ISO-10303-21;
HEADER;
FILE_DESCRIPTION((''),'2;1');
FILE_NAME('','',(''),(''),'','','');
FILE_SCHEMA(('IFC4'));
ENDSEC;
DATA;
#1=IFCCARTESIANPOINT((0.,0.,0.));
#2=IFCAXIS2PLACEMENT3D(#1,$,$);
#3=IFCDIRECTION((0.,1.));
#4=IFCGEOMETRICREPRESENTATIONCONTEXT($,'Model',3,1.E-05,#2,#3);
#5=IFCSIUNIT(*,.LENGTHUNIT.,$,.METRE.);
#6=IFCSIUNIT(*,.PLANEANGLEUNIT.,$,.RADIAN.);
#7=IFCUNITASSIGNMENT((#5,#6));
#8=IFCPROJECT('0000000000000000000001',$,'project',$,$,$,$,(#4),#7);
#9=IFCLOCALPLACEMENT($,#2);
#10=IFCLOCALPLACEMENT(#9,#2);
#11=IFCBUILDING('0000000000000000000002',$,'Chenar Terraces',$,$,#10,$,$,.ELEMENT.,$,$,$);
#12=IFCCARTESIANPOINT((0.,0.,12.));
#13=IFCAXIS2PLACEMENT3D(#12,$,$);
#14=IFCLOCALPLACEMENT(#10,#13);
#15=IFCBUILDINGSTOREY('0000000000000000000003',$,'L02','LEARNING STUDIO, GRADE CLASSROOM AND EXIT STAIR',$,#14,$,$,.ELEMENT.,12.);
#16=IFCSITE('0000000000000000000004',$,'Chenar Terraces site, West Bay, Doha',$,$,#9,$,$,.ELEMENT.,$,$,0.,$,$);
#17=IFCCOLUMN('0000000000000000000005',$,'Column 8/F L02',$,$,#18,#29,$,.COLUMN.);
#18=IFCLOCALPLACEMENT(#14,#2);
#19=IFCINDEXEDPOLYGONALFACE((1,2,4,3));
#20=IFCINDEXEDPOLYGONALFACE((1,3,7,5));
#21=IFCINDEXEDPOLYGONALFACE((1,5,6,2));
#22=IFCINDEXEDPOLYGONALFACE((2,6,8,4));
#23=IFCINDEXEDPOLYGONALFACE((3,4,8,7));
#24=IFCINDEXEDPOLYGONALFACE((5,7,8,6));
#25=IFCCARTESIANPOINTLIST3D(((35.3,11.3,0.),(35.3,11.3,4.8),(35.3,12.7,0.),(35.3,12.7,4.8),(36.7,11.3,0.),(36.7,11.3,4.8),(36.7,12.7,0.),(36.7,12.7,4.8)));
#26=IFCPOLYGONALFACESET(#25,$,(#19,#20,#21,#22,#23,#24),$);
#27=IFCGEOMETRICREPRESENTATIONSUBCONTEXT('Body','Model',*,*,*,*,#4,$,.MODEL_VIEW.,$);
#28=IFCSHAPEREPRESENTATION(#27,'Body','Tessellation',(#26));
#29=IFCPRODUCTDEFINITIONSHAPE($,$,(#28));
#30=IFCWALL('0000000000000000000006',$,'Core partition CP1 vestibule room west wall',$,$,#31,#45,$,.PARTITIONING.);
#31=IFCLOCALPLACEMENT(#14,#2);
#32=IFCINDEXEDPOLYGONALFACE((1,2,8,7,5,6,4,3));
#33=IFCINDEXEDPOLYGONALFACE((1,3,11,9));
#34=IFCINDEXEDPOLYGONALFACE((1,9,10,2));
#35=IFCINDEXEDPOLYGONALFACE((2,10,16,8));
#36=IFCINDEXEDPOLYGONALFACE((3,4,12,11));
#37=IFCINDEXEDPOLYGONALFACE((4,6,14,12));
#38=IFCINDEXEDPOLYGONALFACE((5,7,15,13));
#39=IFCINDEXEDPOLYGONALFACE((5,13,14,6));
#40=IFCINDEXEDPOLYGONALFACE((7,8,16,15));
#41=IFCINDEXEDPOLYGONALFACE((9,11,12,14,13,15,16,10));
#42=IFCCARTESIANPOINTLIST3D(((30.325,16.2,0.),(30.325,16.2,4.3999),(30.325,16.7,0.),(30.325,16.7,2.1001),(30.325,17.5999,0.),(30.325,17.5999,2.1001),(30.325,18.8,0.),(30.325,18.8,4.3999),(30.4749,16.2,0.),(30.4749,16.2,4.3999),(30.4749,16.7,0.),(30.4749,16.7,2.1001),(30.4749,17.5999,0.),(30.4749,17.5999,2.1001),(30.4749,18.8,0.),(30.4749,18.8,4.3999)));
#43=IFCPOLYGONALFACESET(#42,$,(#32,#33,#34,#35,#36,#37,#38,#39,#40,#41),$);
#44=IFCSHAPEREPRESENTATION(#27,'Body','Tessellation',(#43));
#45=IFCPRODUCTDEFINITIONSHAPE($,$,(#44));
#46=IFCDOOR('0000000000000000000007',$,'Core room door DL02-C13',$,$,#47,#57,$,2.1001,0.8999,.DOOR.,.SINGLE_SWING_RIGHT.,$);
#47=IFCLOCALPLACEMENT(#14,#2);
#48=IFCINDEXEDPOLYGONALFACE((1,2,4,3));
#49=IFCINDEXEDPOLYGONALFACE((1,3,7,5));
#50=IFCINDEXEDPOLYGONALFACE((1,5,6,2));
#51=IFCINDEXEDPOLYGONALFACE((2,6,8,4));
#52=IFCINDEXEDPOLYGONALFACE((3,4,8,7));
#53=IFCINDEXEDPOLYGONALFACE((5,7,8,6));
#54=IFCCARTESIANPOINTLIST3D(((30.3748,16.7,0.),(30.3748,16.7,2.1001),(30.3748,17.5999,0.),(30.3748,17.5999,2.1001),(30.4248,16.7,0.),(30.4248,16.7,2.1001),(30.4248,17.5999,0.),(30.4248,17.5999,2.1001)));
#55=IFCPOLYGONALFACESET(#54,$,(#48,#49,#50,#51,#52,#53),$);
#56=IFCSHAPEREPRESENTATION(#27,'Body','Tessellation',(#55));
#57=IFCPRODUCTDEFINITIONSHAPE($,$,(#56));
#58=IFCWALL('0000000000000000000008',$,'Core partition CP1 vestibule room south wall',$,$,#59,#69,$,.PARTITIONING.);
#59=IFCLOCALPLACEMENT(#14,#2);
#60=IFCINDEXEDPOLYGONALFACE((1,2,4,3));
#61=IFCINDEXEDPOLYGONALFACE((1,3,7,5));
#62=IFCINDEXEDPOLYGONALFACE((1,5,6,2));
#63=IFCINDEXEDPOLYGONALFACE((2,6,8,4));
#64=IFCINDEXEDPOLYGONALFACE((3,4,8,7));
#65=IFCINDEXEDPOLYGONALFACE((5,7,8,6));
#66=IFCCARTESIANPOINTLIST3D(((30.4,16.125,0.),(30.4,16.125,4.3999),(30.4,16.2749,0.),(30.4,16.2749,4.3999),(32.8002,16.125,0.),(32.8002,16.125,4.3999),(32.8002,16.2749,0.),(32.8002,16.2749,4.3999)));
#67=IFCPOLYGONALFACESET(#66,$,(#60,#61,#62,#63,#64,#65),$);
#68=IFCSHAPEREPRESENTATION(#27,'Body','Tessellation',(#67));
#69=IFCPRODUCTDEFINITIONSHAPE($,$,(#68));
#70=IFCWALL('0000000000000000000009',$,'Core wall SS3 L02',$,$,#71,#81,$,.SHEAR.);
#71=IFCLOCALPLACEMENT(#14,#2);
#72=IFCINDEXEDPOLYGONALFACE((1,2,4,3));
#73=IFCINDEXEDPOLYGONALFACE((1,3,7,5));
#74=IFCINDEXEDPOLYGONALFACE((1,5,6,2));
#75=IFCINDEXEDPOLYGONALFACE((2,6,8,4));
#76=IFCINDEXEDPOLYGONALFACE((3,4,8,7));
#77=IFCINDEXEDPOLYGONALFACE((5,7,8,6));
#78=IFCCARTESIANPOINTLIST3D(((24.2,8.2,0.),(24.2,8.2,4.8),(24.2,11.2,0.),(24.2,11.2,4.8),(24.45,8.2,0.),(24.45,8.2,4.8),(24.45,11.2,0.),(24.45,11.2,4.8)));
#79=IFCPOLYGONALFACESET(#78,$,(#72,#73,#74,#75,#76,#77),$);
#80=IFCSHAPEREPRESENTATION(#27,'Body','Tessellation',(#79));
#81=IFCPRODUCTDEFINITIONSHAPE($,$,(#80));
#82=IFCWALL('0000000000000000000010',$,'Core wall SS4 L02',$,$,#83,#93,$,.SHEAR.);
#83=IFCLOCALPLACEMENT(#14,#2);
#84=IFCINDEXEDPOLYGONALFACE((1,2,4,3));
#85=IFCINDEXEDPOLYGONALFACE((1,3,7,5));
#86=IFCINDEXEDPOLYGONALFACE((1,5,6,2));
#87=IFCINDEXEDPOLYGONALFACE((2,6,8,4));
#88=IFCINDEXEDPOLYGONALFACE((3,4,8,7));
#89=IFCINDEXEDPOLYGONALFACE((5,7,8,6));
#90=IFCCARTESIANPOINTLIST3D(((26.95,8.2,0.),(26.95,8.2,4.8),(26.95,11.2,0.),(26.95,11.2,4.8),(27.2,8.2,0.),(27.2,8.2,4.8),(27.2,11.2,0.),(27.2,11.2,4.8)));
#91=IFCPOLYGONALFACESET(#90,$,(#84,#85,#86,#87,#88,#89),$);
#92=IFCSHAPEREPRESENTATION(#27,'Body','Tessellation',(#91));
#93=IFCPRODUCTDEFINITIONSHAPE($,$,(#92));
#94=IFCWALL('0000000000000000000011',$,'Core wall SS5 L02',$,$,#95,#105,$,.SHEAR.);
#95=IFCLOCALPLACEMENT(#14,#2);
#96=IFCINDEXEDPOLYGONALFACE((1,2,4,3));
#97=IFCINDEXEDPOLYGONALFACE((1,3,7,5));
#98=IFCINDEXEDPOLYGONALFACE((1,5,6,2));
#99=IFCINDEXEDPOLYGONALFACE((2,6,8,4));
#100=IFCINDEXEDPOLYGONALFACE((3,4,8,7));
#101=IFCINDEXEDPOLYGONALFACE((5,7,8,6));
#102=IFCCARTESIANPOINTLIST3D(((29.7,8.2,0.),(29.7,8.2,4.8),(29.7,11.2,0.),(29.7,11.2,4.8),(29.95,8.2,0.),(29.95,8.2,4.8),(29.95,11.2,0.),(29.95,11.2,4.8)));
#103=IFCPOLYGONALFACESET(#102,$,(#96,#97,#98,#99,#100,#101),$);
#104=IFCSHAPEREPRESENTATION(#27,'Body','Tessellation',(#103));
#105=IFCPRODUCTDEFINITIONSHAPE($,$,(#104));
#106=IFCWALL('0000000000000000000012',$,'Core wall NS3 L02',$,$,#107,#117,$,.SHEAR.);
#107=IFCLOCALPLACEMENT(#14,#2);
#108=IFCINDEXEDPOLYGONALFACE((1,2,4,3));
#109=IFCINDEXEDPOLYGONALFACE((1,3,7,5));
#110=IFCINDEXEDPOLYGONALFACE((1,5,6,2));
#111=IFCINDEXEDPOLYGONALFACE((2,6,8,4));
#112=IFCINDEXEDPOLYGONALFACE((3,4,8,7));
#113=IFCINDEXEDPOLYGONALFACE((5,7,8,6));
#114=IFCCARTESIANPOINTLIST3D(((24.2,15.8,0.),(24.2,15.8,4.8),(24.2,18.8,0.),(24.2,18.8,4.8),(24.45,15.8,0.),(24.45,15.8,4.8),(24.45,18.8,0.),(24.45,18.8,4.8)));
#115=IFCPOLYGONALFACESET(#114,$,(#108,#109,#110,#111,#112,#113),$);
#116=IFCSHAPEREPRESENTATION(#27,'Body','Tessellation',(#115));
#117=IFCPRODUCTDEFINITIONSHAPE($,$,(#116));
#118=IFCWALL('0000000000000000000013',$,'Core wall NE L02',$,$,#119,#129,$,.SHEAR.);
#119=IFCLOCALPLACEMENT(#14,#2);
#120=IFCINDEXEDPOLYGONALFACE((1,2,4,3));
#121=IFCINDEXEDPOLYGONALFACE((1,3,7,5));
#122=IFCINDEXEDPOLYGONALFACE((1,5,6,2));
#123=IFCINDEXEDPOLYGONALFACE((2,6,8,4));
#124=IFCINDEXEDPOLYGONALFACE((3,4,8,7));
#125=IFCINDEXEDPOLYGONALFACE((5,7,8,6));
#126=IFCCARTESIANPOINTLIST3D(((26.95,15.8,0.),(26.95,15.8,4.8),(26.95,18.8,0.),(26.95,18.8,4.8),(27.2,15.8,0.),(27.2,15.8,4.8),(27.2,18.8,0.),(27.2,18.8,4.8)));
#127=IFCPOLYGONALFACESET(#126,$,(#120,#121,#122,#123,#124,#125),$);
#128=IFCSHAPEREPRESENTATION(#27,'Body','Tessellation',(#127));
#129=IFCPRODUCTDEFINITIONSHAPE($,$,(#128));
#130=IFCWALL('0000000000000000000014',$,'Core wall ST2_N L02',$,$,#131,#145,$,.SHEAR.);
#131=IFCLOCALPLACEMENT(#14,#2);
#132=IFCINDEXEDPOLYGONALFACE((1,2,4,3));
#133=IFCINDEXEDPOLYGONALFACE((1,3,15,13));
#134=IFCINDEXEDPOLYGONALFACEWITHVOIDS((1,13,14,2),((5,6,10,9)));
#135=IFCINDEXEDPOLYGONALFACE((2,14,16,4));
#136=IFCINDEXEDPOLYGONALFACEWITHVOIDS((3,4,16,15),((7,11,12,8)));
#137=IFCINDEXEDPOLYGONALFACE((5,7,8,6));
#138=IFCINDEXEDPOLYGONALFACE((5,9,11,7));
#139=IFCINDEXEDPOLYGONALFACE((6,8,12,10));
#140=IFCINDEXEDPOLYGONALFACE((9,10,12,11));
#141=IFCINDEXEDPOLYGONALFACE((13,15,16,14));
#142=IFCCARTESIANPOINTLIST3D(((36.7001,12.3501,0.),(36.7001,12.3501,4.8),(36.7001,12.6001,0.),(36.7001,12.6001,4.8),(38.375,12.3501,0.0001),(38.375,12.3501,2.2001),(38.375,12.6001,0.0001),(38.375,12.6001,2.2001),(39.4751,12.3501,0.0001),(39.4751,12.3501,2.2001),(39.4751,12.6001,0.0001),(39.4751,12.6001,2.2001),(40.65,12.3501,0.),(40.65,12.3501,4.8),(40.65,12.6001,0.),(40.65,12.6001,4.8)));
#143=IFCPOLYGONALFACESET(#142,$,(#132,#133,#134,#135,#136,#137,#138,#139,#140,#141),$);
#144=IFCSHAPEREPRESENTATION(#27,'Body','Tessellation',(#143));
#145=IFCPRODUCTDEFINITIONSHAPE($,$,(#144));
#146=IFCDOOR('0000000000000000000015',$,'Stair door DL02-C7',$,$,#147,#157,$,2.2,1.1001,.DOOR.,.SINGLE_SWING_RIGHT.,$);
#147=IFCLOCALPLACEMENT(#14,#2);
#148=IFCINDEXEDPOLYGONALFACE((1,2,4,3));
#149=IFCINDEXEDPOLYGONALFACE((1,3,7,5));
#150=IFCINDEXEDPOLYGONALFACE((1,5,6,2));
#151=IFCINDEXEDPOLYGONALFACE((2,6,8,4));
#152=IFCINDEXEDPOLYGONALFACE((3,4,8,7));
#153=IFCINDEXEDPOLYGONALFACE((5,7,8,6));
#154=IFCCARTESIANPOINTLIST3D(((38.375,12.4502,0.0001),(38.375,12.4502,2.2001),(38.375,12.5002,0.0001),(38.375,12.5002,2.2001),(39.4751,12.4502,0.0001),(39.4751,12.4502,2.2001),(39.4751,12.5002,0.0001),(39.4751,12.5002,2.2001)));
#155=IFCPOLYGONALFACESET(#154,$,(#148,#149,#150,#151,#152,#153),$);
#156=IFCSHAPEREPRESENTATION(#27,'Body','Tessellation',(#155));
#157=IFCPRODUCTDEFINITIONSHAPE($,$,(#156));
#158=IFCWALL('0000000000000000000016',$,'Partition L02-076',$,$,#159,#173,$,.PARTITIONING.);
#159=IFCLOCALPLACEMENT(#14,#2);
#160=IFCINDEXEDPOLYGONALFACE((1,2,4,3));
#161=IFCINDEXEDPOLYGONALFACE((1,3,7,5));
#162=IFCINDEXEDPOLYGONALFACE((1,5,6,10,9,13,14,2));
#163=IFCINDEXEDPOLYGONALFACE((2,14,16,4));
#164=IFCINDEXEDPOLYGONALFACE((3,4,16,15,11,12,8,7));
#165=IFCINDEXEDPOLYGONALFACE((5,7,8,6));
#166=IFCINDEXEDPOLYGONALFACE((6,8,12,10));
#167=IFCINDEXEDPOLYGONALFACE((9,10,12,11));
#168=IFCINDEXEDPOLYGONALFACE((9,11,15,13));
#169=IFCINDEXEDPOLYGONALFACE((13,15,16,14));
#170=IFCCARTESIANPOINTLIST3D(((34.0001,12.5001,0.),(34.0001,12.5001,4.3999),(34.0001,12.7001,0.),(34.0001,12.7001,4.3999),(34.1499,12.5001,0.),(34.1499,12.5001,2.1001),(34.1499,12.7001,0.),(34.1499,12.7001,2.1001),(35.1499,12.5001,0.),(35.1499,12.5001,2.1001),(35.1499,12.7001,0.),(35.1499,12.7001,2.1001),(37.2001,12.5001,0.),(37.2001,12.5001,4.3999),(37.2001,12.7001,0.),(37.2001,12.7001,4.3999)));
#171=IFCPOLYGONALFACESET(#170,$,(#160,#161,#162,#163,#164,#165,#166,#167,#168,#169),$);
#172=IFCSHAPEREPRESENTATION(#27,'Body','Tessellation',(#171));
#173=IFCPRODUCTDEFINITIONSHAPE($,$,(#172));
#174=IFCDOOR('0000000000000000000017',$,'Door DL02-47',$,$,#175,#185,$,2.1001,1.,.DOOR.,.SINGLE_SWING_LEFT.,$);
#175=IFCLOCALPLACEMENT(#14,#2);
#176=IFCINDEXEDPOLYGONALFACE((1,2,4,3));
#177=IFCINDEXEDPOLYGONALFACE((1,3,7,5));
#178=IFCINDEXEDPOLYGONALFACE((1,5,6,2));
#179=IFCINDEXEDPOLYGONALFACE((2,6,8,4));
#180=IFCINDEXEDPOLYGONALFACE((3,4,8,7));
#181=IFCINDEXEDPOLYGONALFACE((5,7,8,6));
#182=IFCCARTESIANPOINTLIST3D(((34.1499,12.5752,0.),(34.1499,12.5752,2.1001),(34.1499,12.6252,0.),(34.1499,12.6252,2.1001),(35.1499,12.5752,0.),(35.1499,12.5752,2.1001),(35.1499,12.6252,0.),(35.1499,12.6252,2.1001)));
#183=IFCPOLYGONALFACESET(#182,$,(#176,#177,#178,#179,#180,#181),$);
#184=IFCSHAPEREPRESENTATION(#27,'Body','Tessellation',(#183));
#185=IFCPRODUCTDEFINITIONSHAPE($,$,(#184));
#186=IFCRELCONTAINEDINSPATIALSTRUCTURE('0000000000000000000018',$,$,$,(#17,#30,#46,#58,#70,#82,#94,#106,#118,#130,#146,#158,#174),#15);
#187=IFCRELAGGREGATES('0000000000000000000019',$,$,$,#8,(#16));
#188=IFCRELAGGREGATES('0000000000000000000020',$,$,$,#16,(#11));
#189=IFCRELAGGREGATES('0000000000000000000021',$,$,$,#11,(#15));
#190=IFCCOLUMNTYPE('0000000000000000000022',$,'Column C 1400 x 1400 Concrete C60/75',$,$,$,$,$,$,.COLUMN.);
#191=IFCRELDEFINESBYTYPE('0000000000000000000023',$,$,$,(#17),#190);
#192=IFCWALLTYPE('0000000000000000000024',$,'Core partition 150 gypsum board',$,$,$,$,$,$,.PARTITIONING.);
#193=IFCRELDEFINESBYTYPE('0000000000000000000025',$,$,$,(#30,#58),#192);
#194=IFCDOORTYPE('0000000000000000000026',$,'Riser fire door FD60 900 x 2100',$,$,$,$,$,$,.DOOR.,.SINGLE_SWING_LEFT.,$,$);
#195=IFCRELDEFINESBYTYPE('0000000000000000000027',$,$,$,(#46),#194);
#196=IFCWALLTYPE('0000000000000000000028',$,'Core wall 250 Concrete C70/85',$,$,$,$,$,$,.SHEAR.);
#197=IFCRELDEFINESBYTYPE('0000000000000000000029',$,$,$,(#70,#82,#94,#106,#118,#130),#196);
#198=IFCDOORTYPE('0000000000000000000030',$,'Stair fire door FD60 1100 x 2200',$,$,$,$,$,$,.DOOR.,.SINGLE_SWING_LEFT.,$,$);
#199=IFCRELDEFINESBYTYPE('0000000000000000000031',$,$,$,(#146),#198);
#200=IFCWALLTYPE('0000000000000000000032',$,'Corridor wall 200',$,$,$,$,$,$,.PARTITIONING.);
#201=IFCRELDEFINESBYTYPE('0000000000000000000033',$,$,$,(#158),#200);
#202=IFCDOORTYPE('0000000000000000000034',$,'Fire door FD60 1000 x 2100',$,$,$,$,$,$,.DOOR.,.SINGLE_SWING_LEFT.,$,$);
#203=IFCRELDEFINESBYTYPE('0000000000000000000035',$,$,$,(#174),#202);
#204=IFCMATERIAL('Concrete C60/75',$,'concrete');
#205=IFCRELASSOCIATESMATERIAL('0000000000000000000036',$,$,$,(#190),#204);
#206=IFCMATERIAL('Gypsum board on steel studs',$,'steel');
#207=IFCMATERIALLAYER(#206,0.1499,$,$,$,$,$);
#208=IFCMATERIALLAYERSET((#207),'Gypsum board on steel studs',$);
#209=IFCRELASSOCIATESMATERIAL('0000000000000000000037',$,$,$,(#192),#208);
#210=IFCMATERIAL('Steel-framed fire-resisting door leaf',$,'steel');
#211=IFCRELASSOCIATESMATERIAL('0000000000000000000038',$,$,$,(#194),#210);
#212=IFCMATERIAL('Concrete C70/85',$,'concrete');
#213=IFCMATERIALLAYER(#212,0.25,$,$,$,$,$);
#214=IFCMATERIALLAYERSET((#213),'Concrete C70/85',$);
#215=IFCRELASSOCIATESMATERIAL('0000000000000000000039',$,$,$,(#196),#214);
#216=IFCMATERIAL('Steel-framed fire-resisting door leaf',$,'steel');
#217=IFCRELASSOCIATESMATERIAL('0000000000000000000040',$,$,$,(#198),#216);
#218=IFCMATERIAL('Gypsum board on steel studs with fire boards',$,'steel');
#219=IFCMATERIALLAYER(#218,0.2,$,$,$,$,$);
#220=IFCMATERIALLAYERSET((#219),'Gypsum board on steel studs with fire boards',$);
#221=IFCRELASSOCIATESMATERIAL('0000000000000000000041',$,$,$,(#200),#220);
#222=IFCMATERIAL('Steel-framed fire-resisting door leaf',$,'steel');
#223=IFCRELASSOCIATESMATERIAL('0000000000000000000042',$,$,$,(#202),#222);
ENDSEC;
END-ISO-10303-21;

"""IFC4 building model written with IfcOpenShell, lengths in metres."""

from ifc_helpers import new_model, si_unit, direction, frame, frame_2d, origin, origin_2d, place, context, subcontext, project, spatial, rectangle, extrude, material, layer, layer_set, material_profile, profile_set, type_object, element, fill, save


model = new_model("IFC4")

# Units and contexts
model_context = context("Model", 3, precision=1e-05, world=origin(), true_north=direction((0.0, 1.0)))
body_context = subcontext(model_context, "Body", "Model", "MODEL_VIEW")
ifc_project = project(units=[si_unit("LENGTHUNIT", "METRE"), si_unit("PLANEANGLEUNIT", "RADIAN")], contexts=[model_context])

# Site, building, storey
site_placement = place(None, origin())
site = spatial("IfcSite", under=ifc_project, at=site_placement, Name="Chenar Terraces site, West Bay, Doha", CompositionType="ELEMENT", RefElevation=0.0)
building_placement = place(site_placement, origin())
building = spatial("IfcBuilding", under=site, at=building_placement, Name="Chenar Terraces", CompositionType="ELEMENT")
storey_placement = place(building_placement, frame((0.0, 0.0, 12.0)))
storey = spatial("IfcBuildingStorey", under=building, at=storey_placement, Name="L02", Description="LEARNING STUDIO, GRADE CLASSROOM AND EXIT STAIR", CompositionType="ELEMENT", Elevation=12.0)

# Column
ifc_material_1 = material(Name="Concrete C60/75", Category="concrete")
ifc_material_profile = material_profile(ifc_material_1, rectangle(XDim=1.3999, YDim=1.3999, at=origin_2d()), Name="C 1400 x 1400")
ifc_profile_set = profile_set([ifc_material_profile], Name="Concrete C60/75")
column_type = type_object("IfcColumnType", Name="Column C 1400 x 1400 Concrete C60/75", PredefinedType="COLUMN", material=ifc_profile_set)
column_placement = place(storey_placement, frame((36.0, 12.0, 0.0), z_axis=(0.0, 0.0, 1.0), x_axis=(1.0, 0.0, 0.0)))
element("IfcColumn", 1, at=column_placement, inside=storey, type_object=column_type, Name="Column 8/F L02", PredefinedType="COLUMN", context=body_context, shape_type="SweptSolid", body=[
    extrude(rectangle(XDim=1.3999, YDim=1.3999, at=origin_2d()), origin(), (0.0, 0.0, 1.0), 4.8),
])

# Wall, opening, door
ifc_material_2 = material(Name="Gypsum board on steel studs", Category="steel")
ifc_layer_1 = layer(ifc_material_2, 0.1499)
ifc_layer_set_1 = layer_set([ifc_layer_1], Name="Gypsum board on steel studs")
wall_type_1 = type_object("IfcWallType", Name="Core partition 150 gypsum board", PredefinedType="PARTITIONING", material=ifc_layer_set_1)
wall_1_placement = place(storey_placement, frame((30.3999, 16.2, 0.0), z_axis=(0.0, 0.0, 1.0), x_axis=(0.0, 1.0, 0.0)))
wall_1 = element("IfcWall", 2, at=wall_1_placement, inside=storey, type_object=wall_type_1, Name="Core partition CP1 vestibule room west wall", PredefinedType="PARTITIONING", context=body_context, shape_type="SweptSolid", body=[
    extrude(rectangle(XDim=2.6001, YDim=0.1499, at=frame_2d((1.3, 0.0))), origin(), (0.0, 0.0, 1.0), 4.3999),
])
opening_1_placement = place(wall_1_placement, frame((0.5, 0.0, 0.0)))
opening_1 = element("IfcOpeningElement", 3, at=opening_1_placement, cuts=wall_1, PredefinedType="OPENING", context=body_context, shape_type="SweptSolid", body=[
    extrude(rectangle(XDim=0.8999, YDim=2.1001, at=frame_2d((0.45, 1.05))), frame((0.0, 0.085, 0.0), z_axis=(0.0, -1.0, 0.0), x_axis=(1.0, 0.0, 0.0)), (0.0, 0.0, 1.0), 0.1699),
])
ifc_material_3 = material(Name="Steel-framed fire-resisting door leaf", Category="steel")
door_type_1 = type_object("IfcDoorType", Name="Riser fire door FD60 900 x 2100", OperationType="SINGLE_SWING_LEFT", PredefinedType="DOOR", material=ifc_material_3)
door_1_placement = place(opening_1_placement, frame((0.8999, 0.0, 0.0), z_axis=(0.0, 0.0, 1.0), x_axis=(-1.0, 0.0, 0.0)))
door_1 = element("IfcDoor", 4, at=door_1_placement, inside=storey, type_object=door_type_1, Name="Core room door DL02-C13", OperationType="SINGLE_SWING_RIGHT", OverallHeight=2.1001, OverallWidth=0.8999, PredefinedType="DOOR", context=body_context, shape_type="SweptSolid", body=[
    extrude(rectangle(XDim=0.8999, YDim=2.1001, at=frame_2d((0.45, 1.05))), frame((0.0, 0.0249, 0.0), z_axis=(0.0, -1.0, 0.0), x_axis=(1.0, 0.0, 0.0)), (0.0, 0.0, 1.0), 0.05),
])
fill(opening_1, door_1)

# Wall
wall_2_placement = place(storey_placement, frame((30.3999, 16.2, 0.0), z_axis=(0.0, 0.0, 1.0), x_axis=(1.0, 0.0, 0.0)))
element("IfcWall", 5, at=wall_2_placement, inside=storey, type_object=wall_type_1, Name="Core partition CP1 vestibule room south wall", PredefinedType="PARTITIONING", context=body_context, shape_type="SweptSolid", body=[
    extrude(rectangle(XDim=2.4001, YDim=0.1499, at=frame_2d((1.2002, 0.0))), origin(), (0.0, 0.0, 1.0), 4.3999),
])

# Walls
ifc_material_4 = material(Name="Concrete C70/85", Category="concrete")
ifc_layer_2 = layer(ifc_material_4, 0.25)
ifc_layer_set_2 = layer_set([ifc_layer_2], Name="Concrete C70/85")
wall_type_2 = type_object("IfcWallType", Name="Core wall 250 Concrete C70/85", PredefinedType="SHEAR", material=ifc_layer_set_2)
for number, where, z_axis, x_axis, name in (
    (6, (24.325, 8.2, 0.0), (0.0, 0.0, 1.0), (0.0, 1.0, 0.0), "Core wall SS3 L02"),
    (7, (27.075, 8.2, 0.0), (0.0, 0.0, 1.0), (0.0, 1.0, 0.0), "Core wall SS4 L02"),
    (8, (29.825, 8.2, 0.0), (0.0, 0.0, 1.0), (0.0, 1.0, 0.0), "Core wall SS5 L02"),
    (9, (24.325, 15.8, 0.0), (0.0, 0.0, 1.0), (0.0, 1.0, 0.0), "Core wall NS3 L02"),
    (10, (27.075, 15.8, 0.0), (0.0, 0.0, 1.0), (0.0, 1.0, 0.0), "Core wall NE L02"),
):
    element("IfcWall", number, at=place(storey_placement, frame(where, z_axis=z_axis, x_axis=x_axis)), inside=storey, type_object=wall_type_2, Name=name, PredefinedType="SHEAR", context=body_context, shape_type="SweptSolid", body=[
        extrude(rectangle(XDim=3.0, YDim=0.25, at=frame_2d((1.5, 0.0))), origin(), (0.0, 0.0, 1.0), 4.8),
    ])

# Walls, openings, doors
wall_3_placement = place(storey_placement, frame((36.7, 12.4751, 0.0), z_axis=(0.0, 0.0, 1.0), x_axis=(1.0, 0.0, 0.0)))
wall_3 = element("IfcWall", 11, at=wall_3_placement, inside=storey, type_object=wall_type_2, Name="Core wall ST2_N L02", PredefinedType="SHEAR", context=body_context, shape_type="SweptSolid", body=[
    extrude(rectangle(XDim=3.95, YDim=0.25, at=frame_2d((1.9751, 0.0))), origin(), (0.0, 0.0, 1.0), 4.8),
])
opening_2_placement = place(wall_3_placement, frame((1.675, 0.0, 0.0)))
opening_2 = element("IfcOpeningElement", 12, at=opening_2_placement, cuts=wall_3, PredefinedType="OPENING", context=body_context, shape_type="SweptSolid", body=[
    extrude(rectangle(XDim=1.1001, YDim=2.2, at=frame_2d((0.55, 1.1001))), frame((0.0, 0.135, 0.0), z_axis=(0.0, -1.0, 0.0), x_axis=(1.0, 0.0, 0.0)), (0.0, 0.0, 1.0), 0.27),
])
ifc_material_5 = material(Name="Steel-framed fire-resisting door leaf", Category="steel")
door_type_2 = type_object("IfcDoorType", Name="Stair fire door FD60 1100 x 2200", OperationType="SINGLE_SWING_LEFT", PredefinedType="DOOR", material=ifc_material_5)
door_2_placement = place(opening_2_placement, frame((1.1001, 0.0, 0.0), z_axis=(0.0, 0.0, 1.0), x_axis=(-1.0, 0.0, 0.0)))
door_2 = element("IfcDoor", 13, at=door_2_placement, inside=storey, type_object=door_type_2, Name="Stair door DL02-C7", OperationType="SINGLE_SWING_RIGHT", OverallHeight=2.2, OverallWidth=1.1001, PredefinedType="DOOR", context=body_context, shape_type="SweptSolid", body=[
    extrude(rectangle(XDim=1.1001, YDim=2.2, at=frame_2d((0.55, 1.1001))), frame((0.0, 0.0249, 0.0), z_axis=(0.0, -1.0, 0.0), x_axis=(1.0, 0.0, 0.0)), (0.0, 0.0, 1.0), 0.05),
])
fill(opening_2, door_2)
ifc_material_6 = material(Name="Gypsum board on steel studs with fire boards", Category="steel")
ifc_layer_3 = layer(ifc_material_6, 0.2)
ifc_layer_set_3 = layer_set([ifc_layer_3], Name="Gypsum board on steel studs with fire boards")
wall_type_3 = type_object("IfcWallType", Name="Corridor wall 200", PredefinedType="PARTITIONING", material=ifc_layer_set_3)
wall_4_placement = place(storey_placement, frame((34.0, 12.6001, 0.0), z_axis=(0.0, 0.0, 1.0), x_axis=(1.0, 0.0, 0.0)))
wall_4 = element("IfcWall", 14, at=wall_4_placement, inside=storey, type_object=wall_type_3, Name="Partition L02-076", PredefinedType="PARTITIONING", context=body_context, shape_type="SweptSolid", body=[
    extrude(rectangle(XDim=3.2, YDim=0.2, at=frame_2d((1.6001, 0.0))), origin(), (0.0, 0.0, 1.0), 4.3999),
])
opening_3_placement = place(wall_4_placement, frame((0.1499, 0.0, 0.0)))
opening_3 = element("IfcOpeningElement", 15, at=opening_3_placement, cuts=wall_4, PredefinedType="OPENING", context=body_context, shape_type="SweptSolid", body=[
    extrude(rectangle(XDim=1.0, YDim=2.1001, at=frame_2d((0.5, 1.05))), frame((0.0, 0.1099, 0.0), z_axis=(0.0, -1.0, 0.0), x_axis=(1.0, 0.0, 0.0)), (0.0, 0.0, 1.0), 0.22),
])
ifc_material_7 = material(Name="Steel-framed fire-resisting door leaf", Category="steel")
door_type_3 = type_object("IfcDoorType", Name="Fire door FD60 1000 x 2100", OperationType="SINGLE_SWING_LEFT", PredefinedType="DOOR", material=ifc_material_7)
door_3_placement = place(opening_3_placement, frame((1.0, 0.0, 0.0), z_axis=(0.0, 0.0, 1.0), x_axis=(-1.0, 0.0, 0.0)))
door_3 = element("IfcDoor", 16, at=door_3_placement, inside=storey, type_object=door_type_3, Name="Door DL02-47", OperationType="SINGLE_SWING_LEFT", OverallHeight=2.1001, OverallWidth=1.0, PredefinedType="DOOR", context=body_context, shape_type="SweptSolid", body=[
    extrude(rectangle(XDim=1.0, YDim=2.1001, at=frame_2d((0.5, 1.05))), frame((0.0, 0.0249, 0.0), z_axis=(0.0, -1.0, 0.0), x_axis=(1.0, 0.0, 0.0)), (0.0, 0.0, 1.0), 0.05),
])
fill(opening_3, door_3)

save(model, "model.ifc")
